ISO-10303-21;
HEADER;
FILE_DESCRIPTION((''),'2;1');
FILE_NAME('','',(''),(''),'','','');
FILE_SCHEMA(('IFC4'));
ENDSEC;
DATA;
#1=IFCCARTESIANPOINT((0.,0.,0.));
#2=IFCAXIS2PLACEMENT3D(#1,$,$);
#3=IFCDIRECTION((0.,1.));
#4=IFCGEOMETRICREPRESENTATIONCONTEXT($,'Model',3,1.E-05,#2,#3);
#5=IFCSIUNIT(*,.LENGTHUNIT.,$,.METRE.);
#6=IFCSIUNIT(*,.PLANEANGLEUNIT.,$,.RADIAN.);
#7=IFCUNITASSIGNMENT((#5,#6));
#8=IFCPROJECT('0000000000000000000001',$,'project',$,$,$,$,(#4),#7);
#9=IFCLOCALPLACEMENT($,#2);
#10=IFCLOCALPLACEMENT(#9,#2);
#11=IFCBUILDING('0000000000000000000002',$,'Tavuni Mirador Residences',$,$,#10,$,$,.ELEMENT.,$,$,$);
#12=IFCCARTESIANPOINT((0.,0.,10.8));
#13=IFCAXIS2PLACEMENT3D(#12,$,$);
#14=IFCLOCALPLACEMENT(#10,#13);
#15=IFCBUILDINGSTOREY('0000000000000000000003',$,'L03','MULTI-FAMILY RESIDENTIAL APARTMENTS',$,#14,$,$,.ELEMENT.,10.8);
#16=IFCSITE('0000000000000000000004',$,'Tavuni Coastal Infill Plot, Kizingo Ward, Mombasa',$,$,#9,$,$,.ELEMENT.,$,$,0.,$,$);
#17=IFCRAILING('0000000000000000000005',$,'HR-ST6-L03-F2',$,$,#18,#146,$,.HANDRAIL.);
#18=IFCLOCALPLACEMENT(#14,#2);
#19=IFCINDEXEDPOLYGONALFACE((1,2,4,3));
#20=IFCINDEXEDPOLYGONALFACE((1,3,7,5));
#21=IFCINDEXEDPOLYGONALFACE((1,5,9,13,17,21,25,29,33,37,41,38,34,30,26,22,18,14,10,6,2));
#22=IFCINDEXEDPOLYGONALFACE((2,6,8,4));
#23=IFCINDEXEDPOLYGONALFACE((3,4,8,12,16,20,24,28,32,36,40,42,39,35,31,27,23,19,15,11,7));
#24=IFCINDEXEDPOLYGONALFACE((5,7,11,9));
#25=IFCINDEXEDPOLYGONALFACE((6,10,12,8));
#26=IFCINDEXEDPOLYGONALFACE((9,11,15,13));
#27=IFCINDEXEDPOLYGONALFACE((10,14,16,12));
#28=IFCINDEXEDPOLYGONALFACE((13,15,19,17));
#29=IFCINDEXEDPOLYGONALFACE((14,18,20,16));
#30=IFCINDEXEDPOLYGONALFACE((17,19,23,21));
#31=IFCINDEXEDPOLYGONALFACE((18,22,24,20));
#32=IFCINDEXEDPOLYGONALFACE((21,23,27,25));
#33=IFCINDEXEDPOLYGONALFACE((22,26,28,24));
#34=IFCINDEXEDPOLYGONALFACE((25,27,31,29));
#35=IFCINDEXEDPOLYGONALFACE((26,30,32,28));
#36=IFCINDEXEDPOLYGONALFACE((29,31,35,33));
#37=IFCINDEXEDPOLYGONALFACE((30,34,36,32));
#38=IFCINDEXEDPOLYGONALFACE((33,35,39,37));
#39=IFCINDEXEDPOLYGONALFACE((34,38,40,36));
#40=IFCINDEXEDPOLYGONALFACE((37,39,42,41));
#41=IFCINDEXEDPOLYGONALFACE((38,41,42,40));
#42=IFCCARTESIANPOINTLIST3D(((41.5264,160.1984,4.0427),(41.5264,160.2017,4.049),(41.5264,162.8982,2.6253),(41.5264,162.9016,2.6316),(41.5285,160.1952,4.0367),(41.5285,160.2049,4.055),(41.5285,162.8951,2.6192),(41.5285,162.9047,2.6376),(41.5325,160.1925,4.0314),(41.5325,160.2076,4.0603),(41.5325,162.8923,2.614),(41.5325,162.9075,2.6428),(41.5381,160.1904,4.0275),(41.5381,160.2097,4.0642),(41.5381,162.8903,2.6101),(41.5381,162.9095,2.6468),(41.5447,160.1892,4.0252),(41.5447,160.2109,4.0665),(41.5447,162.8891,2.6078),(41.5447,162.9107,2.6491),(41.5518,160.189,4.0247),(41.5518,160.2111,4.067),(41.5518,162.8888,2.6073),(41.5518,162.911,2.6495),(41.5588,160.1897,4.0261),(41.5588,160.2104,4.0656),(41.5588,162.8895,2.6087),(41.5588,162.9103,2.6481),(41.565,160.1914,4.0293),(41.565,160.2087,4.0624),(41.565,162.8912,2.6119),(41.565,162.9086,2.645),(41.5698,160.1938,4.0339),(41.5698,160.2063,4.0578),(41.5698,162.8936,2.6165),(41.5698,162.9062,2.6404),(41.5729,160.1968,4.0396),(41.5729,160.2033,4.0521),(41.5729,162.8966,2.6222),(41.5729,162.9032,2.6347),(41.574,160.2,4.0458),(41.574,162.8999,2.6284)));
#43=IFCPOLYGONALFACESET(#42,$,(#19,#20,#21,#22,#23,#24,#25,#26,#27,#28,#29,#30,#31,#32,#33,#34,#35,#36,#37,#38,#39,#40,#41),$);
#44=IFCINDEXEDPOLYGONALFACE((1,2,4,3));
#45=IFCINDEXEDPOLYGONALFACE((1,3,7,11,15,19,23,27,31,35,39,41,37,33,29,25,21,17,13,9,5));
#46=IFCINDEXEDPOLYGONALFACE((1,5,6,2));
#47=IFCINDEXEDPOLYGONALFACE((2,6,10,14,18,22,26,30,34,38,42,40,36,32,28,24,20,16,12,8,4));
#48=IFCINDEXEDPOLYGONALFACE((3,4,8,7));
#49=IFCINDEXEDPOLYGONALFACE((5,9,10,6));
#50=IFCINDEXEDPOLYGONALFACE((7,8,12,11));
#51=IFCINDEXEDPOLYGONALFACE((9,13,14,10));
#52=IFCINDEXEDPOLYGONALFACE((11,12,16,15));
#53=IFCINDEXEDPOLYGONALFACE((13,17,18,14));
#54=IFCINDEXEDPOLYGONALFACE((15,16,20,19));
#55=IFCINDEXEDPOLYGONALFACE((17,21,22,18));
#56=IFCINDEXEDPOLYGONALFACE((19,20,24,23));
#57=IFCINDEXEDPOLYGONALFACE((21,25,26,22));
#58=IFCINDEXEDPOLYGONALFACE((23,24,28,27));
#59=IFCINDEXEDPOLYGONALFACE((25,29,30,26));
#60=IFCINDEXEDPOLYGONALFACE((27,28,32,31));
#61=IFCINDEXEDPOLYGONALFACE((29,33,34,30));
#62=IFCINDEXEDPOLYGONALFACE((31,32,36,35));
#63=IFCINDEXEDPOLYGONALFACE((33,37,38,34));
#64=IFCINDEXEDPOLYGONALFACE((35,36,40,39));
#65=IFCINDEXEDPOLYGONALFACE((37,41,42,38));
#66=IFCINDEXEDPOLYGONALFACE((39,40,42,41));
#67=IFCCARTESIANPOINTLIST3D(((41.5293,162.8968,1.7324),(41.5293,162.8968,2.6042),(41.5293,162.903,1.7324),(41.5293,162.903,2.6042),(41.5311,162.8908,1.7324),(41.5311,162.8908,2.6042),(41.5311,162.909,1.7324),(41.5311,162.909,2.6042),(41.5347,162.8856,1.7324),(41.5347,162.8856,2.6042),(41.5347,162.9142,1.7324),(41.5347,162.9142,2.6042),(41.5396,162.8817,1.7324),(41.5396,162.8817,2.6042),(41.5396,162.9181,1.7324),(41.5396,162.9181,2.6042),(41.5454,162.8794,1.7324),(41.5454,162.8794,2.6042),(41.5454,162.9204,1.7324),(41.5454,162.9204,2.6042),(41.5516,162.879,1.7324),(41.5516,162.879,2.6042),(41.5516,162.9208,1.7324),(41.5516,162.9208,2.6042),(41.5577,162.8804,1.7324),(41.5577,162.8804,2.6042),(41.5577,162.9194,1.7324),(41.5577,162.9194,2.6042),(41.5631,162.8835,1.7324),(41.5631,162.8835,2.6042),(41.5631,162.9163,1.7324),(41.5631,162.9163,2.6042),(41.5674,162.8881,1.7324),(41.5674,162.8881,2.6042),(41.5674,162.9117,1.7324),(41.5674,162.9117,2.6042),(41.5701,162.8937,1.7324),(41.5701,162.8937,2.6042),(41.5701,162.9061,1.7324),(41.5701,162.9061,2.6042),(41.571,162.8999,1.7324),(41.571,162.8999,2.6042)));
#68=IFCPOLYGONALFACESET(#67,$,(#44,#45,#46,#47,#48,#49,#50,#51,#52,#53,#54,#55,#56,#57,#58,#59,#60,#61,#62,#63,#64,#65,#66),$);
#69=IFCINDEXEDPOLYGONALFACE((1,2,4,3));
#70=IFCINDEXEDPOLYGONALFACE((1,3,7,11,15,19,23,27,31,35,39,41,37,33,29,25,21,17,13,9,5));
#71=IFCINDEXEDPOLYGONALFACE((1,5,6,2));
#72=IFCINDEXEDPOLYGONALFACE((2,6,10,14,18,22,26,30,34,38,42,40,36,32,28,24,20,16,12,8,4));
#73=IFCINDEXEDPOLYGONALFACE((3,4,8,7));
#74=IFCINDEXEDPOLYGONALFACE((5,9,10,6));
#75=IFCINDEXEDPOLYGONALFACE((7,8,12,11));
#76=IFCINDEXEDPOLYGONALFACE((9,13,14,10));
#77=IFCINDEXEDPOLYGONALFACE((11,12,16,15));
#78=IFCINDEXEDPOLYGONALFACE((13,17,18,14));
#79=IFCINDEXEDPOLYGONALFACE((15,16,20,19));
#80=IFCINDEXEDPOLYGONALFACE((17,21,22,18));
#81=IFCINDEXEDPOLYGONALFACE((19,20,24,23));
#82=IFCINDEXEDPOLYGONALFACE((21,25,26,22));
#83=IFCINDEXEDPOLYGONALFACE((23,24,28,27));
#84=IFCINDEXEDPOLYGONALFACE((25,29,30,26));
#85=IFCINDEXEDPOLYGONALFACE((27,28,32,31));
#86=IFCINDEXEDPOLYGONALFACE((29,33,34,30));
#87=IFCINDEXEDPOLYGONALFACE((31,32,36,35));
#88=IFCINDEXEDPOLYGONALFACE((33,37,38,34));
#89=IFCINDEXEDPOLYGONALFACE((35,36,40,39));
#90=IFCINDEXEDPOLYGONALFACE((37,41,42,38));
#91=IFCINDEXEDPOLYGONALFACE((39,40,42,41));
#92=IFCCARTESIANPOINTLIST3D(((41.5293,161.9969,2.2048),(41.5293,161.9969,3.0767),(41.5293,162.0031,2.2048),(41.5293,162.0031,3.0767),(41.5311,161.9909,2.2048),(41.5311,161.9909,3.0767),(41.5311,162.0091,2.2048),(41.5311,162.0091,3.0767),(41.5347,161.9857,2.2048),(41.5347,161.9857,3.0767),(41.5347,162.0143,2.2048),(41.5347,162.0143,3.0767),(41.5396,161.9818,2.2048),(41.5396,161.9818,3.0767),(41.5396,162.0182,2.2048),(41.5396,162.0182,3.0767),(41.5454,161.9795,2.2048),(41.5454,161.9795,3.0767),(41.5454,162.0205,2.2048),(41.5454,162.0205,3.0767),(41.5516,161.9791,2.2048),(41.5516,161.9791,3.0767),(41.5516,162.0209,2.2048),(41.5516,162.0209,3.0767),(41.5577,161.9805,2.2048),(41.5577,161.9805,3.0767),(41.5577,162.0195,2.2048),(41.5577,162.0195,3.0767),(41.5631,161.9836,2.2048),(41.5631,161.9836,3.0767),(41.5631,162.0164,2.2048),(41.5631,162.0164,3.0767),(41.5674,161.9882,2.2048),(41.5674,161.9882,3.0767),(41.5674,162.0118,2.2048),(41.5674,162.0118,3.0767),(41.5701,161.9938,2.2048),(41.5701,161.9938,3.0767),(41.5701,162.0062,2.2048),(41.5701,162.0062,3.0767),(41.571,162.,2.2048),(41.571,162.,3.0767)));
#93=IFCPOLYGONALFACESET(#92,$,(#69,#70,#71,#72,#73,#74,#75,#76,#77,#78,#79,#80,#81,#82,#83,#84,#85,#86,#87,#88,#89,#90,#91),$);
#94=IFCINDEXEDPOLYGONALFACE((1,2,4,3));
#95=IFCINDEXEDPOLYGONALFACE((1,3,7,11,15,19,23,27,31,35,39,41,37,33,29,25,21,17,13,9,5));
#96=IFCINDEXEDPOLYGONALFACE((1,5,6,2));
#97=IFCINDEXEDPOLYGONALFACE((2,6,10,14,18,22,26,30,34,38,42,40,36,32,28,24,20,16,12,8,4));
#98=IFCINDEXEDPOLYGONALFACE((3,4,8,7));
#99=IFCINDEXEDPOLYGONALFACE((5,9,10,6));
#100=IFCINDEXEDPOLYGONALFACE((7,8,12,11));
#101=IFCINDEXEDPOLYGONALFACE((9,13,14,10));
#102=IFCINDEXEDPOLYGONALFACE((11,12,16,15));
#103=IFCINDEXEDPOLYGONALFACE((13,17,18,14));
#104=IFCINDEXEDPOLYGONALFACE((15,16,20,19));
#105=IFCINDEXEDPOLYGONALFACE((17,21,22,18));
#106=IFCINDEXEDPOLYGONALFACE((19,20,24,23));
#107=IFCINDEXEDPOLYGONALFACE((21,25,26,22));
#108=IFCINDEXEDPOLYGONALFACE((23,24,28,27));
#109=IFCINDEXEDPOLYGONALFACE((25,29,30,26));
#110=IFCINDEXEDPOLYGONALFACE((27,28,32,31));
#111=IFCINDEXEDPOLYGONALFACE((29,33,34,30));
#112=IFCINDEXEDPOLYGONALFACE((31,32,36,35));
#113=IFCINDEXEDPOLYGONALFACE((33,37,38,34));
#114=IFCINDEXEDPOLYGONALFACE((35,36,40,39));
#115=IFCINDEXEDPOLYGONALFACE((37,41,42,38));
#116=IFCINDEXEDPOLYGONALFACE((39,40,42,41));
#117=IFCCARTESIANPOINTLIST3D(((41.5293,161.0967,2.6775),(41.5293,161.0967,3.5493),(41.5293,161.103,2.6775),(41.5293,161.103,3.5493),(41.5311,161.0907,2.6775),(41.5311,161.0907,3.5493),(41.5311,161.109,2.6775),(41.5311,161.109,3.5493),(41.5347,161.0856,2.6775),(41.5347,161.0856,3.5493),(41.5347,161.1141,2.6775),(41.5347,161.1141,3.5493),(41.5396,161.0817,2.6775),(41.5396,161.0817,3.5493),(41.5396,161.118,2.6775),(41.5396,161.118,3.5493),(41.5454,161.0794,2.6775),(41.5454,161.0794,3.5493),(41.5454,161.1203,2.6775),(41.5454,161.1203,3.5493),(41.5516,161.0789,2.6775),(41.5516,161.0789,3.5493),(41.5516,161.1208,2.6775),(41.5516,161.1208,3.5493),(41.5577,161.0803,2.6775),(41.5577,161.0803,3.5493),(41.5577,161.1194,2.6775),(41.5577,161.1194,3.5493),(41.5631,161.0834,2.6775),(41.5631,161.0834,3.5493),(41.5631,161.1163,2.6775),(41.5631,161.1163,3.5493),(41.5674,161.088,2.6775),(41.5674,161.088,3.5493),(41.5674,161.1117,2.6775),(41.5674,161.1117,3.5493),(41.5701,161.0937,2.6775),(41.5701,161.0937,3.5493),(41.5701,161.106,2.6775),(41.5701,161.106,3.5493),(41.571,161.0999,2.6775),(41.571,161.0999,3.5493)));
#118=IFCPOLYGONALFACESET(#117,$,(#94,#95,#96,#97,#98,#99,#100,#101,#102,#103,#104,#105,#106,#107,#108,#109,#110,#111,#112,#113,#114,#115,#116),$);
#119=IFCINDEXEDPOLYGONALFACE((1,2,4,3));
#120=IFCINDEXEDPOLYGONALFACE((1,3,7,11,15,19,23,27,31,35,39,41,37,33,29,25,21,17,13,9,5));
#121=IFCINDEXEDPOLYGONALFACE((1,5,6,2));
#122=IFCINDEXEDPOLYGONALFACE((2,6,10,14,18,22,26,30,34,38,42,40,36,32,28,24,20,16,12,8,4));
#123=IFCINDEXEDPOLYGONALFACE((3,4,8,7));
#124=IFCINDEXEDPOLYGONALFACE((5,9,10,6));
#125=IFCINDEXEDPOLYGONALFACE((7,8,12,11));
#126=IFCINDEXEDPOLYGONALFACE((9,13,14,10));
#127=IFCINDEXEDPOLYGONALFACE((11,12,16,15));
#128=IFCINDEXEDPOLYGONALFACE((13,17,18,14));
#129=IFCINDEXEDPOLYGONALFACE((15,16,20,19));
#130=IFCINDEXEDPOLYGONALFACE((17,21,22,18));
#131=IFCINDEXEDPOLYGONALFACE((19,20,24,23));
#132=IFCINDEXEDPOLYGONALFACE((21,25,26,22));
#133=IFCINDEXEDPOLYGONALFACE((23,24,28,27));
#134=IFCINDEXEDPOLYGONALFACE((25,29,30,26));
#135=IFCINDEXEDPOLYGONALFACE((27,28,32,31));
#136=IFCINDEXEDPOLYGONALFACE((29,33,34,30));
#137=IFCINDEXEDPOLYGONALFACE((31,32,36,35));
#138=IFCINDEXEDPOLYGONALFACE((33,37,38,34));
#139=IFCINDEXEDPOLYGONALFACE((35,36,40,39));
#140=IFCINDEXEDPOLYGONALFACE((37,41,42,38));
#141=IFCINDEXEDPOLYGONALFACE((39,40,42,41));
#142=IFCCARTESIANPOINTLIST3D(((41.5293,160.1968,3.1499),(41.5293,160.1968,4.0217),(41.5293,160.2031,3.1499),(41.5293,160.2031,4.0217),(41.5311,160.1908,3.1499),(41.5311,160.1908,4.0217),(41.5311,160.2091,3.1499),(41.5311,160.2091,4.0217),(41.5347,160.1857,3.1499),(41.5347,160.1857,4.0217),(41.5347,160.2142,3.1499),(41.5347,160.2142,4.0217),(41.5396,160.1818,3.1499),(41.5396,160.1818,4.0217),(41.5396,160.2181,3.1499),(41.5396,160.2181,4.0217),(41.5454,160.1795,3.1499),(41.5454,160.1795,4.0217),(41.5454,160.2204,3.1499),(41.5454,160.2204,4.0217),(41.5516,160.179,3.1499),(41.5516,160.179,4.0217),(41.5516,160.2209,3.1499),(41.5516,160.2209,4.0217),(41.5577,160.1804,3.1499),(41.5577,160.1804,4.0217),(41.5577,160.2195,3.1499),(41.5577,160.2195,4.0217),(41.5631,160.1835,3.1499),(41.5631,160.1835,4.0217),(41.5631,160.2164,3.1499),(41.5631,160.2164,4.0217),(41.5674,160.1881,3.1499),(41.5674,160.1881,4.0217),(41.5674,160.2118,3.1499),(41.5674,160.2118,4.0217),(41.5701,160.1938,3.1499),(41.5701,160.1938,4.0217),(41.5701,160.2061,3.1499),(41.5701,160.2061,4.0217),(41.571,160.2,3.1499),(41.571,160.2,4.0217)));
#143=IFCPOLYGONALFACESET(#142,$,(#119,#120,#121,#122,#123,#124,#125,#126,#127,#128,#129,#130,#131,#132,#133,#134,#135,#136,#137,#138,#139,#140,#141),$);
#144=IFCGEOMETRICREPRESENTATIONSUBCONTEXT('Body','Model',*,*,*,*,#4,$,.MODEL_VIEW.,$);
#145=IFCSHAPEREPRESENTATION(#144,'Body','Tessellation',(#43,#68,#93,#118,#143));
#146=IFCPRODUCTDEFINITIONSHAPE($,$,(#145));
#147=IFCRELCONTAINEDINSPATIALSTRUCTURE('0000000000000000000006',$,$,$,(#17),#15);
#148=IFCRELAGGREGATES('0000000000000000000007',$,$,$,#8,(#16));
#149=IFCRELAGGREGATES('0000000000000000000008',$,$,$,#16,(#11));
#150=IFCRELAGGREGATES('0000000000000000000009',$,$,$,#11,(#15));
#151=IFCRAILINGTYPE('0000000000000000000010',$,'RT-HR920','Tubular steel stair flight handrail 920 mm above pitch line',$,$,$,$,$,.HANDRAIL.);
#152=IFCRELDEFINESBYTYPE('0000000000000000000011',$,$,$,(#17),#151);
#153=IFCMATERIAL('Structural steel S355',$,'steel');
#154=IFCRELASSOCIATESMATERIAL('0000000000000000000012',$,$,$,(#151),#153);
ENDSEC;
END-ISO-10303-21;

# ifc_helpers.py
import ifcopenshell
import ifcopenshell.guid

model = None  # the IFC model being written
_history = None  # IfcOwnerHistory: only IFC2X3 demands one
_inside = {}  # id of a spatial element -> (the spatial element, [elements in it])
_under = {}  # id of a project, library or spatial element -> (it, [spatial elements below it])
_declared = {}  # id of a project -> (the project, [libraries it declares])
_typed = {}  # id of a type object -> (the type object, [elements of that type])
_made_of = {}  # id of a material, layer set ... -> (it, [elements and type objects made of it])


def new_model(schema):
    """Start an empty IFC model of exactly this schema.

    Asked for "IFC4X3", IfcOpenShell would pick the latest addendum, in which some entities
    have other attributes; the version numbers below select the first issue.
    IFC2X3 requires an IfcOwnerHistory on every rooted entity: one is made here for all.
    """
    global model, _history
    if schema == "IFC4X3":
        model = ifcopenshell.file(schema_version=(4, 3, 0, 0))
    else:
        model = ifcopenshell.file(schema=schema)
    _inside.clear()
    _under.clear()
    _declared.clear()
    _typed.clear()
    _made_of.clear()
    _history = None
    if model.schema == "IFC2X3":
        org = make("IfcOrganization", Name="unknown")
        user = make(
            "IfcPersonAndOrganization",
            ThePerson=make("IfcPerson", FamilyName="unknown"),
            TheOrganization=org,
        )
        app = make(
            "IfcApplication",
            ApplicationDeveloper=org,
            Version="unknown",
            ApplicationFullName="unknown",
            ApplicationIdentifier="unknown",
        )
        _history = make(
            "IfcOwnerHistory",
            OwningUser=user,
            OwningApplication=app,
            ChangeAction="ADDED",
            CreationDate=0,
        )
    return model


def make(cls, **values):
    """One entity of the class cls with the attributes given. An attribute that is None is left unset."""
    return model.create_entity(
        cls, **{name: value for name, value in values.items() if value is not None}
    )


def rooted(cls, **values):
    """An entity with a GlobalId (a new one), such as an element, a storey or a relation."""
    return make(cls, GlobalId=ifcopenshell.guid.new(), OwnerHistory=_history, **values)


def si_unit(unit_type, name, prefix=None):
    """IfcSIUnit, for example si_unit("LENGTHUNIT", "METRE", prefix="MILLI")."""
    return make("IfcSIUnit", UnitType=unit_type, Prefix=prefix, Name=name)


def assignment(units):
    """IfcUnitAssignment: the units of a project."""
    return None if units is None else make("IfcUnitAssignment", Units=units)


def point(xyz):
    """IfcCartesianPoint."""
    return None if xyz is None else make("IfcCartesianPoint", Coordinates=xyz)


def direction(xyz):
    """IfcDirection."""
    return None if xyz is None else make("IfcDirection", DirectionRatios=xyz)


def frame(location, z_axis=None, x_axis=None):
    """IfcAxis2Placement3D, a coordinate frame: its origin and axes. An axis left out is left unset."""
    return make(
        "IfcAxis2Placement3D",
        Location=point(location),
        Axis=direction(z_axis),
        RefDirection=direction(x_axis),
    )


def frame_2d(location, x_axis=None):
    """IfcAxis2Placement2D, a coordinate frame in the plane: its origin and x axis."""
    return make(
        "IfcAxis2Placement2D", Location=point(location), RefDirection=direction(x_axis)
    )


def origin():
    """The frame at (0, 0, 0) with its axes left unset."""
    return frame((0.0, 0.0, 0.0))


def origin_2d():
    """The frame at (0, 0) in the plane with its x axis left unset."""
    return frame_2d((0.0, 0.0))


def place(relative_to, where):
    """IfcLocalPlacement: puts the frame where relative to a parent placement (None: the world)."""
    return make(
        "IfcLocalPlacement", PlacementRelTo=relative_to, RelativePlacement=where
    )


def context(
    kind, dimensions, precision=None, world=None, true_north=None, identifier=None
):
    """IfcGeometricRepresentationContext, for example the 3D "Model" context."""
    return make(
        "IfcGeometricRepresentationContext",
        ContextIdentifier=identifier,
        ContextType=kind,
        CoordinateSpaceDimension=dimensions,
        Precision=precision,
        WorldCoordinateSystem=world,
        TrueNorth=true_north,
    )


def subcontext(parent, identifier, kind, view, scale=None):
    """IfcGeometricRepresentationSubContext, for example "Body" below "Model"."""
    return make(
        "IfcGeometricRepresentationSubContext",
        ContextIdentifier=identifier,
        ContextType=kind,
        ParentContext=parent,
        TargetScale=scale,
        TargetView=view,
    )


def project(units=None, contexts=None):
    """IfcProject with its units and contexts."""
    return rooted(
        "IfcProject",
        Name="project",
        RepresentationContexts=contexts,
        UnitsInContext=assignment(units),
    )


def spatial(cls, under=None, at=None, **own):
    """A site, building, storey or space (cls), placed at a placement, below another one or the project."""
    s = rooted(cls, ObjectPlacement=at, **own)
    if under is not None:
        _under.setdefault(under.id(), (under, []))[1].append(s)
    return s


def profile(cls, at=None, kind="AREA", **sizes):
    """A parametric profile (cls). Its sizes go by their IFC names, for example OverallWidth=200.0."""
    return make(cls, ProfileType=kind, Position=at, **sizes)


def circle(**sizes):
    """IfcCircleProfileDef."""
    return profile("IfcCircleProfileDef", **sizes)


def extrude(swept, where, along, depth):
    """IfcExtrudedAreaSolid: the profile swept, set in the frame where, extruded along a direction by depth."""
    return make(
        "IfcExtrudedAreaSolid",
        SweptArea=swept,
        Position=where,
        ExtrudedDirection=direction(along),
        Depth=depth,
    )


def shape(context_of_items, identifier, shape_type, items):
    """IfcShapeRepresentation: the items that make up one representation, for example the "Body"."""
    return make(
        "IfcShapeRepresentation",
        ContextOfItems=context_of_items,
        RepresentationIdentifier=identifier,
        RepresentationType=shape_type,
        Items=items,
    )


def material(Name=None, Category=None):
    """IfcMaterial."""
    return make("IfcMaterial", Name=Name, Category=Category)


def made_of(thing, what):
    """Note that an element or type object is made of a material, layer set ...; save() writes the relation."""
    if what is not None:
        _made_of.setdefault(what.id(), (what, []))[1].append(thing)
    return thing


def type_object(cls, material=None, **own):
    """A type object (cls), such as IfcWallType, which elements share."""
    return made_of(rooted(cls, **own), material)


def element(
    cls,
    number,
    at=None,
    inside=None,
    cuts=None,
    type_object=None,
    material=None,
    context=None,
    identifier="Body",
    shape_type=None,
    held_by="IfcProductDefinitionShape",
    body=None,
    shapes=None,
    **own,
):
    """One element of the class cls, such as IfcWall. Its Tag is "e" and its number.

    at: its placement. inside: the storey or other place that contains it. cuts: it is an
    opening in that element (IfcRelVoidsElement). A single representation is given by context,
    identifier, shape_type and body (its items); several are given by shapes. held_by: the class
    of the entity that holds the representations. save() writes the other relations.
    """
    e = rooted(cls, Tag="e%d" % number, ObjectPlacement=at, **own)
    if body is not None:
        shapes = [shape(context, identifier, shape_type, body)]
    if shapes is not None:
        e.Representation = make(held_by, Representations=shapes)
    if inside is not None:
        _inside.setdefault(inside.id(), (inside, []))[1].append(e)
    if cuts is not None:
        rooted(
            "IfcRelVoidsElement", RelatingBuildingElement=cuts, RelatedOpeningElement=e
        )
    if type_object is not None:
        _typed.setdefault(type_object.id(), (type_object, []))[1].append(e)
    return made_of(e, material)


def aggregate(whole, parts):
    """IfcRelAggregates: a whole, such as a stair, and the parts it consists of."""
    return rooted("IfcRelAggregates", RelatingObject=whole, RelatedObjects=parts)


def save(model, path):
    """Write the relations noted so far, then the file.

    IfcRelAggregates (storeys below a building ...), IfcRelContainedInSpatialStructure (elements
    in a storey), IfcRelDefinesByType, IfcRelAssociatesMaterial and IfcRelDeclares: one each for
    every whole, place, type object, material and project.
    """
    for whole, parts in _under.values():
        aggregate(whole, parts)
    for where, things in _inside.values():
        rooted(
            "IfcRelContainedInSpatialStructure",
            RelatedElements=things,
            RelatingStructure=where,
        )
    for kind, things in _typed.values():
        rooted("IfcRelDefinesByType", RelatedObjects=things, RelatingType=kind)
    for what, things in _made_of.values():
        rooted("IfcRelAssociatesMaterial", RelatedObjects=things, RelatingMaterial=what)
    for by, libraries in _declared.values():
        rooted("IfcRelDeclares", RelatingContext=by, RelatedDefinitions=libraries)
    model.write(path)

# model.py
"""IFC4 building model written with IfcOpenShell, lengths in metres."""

from ifc_helpers import new_model, si_unit, direction, frame, origin, origin_2d, place, context, subcontext, project, spatial, circle, extrude, material, type_object, element, save


model = new_model("IFC4")

# Units and contexts
model_context = context("Model", 3, precision=1e-05, world=origin(), true_north=direction((0.0, 1.0)))
body_context = subcontext(model_context, "Body", "Model", "MODEL_VIEW")
ifc_project = project(units=[si_unit("LENGTHUNIT", "METRE"), si_unit("PLANEANGLEUNIT", "RADIAN")], contexts=[model_context])

# Site, building, storey
site_placement = place(None, origin())
site = spatial("IfcSite", under=ifc_project, at=site_placement, Name="Tavuni Coastal Infill Plot, Kizingo Ward, Mombasa", CompositionType="ELEMENT", RefElevation=0.0)
building_placement = place(site_placement, origin())
building = spatial("IfcBuilding", under=site, at=building_placement, Name="Tavuni Mirador Residences", CompositionType="ELEMENT")
storey_placement = place(building_placement, frame((0.0, 0.0, 10.8)))
storey = spatial("IfcBuildingStorey", under=building, at=storey_placement, Name="L03", Description="MULTI-FAMILY RESIDENTIAL APARTMENTS", CompositionType="ELEMENT", Elevation=10.8)

# Shared definitions
ifc_material_1 = material(Name="Structural steel S355", Category="steel")

# Railing
railing_type_1 = type_object("IfcRailingType", Name="RT-HR920", Description="Tubular steel stair flight handrail 920 mm above pitch line", PredefinedType="HANDRAIL", material=ifc_material_1)
railing_1_placement = place(storey_placement, frame((41.55, 162.8999, 1.7324)))
element("IfcRailing", 1, at=railing_1_placement, inside=storey, type_object=railing_type_1, Name="HR-ST6-L03-F2", PredefinedType="HANDRAIL", context=body_context, shape_type="SweptSolid", body=[
    extrude(circle(Radius=0.0239, at=origin_2d()), frame((0.0, 0.0, 0.896), z_axis=(0.0, -0.885397, 0.464835), x_axis=(1.0, 0.0, 0.0)), (0.0, 0.0, 1.0), 3.0493),
    extrude(circle(Radius=0.021, at=origin_2d()), origin(), (0.0, 0.0, 1.0), 0.8718),
    extrude(circle(Radius=0.021, at=origin_2d()), frame((0.0, -0.8999, 0.4724)), (0.0, 0.0, 1.0), 0.8718),
    extrude(circle(Radius=0.021, at=origin_2d()), frame((0.0, -1.8, 0.9451)), (0.0, 0.0, 1.0), 0.8718),
    extrude(circle(Radius=0.021, at=origin_2d()), frame((0.0, -2.7, 1.4175)), (0.0, 0.0, 1.0), 0.8718),
])

save(model, "model.ifc")
